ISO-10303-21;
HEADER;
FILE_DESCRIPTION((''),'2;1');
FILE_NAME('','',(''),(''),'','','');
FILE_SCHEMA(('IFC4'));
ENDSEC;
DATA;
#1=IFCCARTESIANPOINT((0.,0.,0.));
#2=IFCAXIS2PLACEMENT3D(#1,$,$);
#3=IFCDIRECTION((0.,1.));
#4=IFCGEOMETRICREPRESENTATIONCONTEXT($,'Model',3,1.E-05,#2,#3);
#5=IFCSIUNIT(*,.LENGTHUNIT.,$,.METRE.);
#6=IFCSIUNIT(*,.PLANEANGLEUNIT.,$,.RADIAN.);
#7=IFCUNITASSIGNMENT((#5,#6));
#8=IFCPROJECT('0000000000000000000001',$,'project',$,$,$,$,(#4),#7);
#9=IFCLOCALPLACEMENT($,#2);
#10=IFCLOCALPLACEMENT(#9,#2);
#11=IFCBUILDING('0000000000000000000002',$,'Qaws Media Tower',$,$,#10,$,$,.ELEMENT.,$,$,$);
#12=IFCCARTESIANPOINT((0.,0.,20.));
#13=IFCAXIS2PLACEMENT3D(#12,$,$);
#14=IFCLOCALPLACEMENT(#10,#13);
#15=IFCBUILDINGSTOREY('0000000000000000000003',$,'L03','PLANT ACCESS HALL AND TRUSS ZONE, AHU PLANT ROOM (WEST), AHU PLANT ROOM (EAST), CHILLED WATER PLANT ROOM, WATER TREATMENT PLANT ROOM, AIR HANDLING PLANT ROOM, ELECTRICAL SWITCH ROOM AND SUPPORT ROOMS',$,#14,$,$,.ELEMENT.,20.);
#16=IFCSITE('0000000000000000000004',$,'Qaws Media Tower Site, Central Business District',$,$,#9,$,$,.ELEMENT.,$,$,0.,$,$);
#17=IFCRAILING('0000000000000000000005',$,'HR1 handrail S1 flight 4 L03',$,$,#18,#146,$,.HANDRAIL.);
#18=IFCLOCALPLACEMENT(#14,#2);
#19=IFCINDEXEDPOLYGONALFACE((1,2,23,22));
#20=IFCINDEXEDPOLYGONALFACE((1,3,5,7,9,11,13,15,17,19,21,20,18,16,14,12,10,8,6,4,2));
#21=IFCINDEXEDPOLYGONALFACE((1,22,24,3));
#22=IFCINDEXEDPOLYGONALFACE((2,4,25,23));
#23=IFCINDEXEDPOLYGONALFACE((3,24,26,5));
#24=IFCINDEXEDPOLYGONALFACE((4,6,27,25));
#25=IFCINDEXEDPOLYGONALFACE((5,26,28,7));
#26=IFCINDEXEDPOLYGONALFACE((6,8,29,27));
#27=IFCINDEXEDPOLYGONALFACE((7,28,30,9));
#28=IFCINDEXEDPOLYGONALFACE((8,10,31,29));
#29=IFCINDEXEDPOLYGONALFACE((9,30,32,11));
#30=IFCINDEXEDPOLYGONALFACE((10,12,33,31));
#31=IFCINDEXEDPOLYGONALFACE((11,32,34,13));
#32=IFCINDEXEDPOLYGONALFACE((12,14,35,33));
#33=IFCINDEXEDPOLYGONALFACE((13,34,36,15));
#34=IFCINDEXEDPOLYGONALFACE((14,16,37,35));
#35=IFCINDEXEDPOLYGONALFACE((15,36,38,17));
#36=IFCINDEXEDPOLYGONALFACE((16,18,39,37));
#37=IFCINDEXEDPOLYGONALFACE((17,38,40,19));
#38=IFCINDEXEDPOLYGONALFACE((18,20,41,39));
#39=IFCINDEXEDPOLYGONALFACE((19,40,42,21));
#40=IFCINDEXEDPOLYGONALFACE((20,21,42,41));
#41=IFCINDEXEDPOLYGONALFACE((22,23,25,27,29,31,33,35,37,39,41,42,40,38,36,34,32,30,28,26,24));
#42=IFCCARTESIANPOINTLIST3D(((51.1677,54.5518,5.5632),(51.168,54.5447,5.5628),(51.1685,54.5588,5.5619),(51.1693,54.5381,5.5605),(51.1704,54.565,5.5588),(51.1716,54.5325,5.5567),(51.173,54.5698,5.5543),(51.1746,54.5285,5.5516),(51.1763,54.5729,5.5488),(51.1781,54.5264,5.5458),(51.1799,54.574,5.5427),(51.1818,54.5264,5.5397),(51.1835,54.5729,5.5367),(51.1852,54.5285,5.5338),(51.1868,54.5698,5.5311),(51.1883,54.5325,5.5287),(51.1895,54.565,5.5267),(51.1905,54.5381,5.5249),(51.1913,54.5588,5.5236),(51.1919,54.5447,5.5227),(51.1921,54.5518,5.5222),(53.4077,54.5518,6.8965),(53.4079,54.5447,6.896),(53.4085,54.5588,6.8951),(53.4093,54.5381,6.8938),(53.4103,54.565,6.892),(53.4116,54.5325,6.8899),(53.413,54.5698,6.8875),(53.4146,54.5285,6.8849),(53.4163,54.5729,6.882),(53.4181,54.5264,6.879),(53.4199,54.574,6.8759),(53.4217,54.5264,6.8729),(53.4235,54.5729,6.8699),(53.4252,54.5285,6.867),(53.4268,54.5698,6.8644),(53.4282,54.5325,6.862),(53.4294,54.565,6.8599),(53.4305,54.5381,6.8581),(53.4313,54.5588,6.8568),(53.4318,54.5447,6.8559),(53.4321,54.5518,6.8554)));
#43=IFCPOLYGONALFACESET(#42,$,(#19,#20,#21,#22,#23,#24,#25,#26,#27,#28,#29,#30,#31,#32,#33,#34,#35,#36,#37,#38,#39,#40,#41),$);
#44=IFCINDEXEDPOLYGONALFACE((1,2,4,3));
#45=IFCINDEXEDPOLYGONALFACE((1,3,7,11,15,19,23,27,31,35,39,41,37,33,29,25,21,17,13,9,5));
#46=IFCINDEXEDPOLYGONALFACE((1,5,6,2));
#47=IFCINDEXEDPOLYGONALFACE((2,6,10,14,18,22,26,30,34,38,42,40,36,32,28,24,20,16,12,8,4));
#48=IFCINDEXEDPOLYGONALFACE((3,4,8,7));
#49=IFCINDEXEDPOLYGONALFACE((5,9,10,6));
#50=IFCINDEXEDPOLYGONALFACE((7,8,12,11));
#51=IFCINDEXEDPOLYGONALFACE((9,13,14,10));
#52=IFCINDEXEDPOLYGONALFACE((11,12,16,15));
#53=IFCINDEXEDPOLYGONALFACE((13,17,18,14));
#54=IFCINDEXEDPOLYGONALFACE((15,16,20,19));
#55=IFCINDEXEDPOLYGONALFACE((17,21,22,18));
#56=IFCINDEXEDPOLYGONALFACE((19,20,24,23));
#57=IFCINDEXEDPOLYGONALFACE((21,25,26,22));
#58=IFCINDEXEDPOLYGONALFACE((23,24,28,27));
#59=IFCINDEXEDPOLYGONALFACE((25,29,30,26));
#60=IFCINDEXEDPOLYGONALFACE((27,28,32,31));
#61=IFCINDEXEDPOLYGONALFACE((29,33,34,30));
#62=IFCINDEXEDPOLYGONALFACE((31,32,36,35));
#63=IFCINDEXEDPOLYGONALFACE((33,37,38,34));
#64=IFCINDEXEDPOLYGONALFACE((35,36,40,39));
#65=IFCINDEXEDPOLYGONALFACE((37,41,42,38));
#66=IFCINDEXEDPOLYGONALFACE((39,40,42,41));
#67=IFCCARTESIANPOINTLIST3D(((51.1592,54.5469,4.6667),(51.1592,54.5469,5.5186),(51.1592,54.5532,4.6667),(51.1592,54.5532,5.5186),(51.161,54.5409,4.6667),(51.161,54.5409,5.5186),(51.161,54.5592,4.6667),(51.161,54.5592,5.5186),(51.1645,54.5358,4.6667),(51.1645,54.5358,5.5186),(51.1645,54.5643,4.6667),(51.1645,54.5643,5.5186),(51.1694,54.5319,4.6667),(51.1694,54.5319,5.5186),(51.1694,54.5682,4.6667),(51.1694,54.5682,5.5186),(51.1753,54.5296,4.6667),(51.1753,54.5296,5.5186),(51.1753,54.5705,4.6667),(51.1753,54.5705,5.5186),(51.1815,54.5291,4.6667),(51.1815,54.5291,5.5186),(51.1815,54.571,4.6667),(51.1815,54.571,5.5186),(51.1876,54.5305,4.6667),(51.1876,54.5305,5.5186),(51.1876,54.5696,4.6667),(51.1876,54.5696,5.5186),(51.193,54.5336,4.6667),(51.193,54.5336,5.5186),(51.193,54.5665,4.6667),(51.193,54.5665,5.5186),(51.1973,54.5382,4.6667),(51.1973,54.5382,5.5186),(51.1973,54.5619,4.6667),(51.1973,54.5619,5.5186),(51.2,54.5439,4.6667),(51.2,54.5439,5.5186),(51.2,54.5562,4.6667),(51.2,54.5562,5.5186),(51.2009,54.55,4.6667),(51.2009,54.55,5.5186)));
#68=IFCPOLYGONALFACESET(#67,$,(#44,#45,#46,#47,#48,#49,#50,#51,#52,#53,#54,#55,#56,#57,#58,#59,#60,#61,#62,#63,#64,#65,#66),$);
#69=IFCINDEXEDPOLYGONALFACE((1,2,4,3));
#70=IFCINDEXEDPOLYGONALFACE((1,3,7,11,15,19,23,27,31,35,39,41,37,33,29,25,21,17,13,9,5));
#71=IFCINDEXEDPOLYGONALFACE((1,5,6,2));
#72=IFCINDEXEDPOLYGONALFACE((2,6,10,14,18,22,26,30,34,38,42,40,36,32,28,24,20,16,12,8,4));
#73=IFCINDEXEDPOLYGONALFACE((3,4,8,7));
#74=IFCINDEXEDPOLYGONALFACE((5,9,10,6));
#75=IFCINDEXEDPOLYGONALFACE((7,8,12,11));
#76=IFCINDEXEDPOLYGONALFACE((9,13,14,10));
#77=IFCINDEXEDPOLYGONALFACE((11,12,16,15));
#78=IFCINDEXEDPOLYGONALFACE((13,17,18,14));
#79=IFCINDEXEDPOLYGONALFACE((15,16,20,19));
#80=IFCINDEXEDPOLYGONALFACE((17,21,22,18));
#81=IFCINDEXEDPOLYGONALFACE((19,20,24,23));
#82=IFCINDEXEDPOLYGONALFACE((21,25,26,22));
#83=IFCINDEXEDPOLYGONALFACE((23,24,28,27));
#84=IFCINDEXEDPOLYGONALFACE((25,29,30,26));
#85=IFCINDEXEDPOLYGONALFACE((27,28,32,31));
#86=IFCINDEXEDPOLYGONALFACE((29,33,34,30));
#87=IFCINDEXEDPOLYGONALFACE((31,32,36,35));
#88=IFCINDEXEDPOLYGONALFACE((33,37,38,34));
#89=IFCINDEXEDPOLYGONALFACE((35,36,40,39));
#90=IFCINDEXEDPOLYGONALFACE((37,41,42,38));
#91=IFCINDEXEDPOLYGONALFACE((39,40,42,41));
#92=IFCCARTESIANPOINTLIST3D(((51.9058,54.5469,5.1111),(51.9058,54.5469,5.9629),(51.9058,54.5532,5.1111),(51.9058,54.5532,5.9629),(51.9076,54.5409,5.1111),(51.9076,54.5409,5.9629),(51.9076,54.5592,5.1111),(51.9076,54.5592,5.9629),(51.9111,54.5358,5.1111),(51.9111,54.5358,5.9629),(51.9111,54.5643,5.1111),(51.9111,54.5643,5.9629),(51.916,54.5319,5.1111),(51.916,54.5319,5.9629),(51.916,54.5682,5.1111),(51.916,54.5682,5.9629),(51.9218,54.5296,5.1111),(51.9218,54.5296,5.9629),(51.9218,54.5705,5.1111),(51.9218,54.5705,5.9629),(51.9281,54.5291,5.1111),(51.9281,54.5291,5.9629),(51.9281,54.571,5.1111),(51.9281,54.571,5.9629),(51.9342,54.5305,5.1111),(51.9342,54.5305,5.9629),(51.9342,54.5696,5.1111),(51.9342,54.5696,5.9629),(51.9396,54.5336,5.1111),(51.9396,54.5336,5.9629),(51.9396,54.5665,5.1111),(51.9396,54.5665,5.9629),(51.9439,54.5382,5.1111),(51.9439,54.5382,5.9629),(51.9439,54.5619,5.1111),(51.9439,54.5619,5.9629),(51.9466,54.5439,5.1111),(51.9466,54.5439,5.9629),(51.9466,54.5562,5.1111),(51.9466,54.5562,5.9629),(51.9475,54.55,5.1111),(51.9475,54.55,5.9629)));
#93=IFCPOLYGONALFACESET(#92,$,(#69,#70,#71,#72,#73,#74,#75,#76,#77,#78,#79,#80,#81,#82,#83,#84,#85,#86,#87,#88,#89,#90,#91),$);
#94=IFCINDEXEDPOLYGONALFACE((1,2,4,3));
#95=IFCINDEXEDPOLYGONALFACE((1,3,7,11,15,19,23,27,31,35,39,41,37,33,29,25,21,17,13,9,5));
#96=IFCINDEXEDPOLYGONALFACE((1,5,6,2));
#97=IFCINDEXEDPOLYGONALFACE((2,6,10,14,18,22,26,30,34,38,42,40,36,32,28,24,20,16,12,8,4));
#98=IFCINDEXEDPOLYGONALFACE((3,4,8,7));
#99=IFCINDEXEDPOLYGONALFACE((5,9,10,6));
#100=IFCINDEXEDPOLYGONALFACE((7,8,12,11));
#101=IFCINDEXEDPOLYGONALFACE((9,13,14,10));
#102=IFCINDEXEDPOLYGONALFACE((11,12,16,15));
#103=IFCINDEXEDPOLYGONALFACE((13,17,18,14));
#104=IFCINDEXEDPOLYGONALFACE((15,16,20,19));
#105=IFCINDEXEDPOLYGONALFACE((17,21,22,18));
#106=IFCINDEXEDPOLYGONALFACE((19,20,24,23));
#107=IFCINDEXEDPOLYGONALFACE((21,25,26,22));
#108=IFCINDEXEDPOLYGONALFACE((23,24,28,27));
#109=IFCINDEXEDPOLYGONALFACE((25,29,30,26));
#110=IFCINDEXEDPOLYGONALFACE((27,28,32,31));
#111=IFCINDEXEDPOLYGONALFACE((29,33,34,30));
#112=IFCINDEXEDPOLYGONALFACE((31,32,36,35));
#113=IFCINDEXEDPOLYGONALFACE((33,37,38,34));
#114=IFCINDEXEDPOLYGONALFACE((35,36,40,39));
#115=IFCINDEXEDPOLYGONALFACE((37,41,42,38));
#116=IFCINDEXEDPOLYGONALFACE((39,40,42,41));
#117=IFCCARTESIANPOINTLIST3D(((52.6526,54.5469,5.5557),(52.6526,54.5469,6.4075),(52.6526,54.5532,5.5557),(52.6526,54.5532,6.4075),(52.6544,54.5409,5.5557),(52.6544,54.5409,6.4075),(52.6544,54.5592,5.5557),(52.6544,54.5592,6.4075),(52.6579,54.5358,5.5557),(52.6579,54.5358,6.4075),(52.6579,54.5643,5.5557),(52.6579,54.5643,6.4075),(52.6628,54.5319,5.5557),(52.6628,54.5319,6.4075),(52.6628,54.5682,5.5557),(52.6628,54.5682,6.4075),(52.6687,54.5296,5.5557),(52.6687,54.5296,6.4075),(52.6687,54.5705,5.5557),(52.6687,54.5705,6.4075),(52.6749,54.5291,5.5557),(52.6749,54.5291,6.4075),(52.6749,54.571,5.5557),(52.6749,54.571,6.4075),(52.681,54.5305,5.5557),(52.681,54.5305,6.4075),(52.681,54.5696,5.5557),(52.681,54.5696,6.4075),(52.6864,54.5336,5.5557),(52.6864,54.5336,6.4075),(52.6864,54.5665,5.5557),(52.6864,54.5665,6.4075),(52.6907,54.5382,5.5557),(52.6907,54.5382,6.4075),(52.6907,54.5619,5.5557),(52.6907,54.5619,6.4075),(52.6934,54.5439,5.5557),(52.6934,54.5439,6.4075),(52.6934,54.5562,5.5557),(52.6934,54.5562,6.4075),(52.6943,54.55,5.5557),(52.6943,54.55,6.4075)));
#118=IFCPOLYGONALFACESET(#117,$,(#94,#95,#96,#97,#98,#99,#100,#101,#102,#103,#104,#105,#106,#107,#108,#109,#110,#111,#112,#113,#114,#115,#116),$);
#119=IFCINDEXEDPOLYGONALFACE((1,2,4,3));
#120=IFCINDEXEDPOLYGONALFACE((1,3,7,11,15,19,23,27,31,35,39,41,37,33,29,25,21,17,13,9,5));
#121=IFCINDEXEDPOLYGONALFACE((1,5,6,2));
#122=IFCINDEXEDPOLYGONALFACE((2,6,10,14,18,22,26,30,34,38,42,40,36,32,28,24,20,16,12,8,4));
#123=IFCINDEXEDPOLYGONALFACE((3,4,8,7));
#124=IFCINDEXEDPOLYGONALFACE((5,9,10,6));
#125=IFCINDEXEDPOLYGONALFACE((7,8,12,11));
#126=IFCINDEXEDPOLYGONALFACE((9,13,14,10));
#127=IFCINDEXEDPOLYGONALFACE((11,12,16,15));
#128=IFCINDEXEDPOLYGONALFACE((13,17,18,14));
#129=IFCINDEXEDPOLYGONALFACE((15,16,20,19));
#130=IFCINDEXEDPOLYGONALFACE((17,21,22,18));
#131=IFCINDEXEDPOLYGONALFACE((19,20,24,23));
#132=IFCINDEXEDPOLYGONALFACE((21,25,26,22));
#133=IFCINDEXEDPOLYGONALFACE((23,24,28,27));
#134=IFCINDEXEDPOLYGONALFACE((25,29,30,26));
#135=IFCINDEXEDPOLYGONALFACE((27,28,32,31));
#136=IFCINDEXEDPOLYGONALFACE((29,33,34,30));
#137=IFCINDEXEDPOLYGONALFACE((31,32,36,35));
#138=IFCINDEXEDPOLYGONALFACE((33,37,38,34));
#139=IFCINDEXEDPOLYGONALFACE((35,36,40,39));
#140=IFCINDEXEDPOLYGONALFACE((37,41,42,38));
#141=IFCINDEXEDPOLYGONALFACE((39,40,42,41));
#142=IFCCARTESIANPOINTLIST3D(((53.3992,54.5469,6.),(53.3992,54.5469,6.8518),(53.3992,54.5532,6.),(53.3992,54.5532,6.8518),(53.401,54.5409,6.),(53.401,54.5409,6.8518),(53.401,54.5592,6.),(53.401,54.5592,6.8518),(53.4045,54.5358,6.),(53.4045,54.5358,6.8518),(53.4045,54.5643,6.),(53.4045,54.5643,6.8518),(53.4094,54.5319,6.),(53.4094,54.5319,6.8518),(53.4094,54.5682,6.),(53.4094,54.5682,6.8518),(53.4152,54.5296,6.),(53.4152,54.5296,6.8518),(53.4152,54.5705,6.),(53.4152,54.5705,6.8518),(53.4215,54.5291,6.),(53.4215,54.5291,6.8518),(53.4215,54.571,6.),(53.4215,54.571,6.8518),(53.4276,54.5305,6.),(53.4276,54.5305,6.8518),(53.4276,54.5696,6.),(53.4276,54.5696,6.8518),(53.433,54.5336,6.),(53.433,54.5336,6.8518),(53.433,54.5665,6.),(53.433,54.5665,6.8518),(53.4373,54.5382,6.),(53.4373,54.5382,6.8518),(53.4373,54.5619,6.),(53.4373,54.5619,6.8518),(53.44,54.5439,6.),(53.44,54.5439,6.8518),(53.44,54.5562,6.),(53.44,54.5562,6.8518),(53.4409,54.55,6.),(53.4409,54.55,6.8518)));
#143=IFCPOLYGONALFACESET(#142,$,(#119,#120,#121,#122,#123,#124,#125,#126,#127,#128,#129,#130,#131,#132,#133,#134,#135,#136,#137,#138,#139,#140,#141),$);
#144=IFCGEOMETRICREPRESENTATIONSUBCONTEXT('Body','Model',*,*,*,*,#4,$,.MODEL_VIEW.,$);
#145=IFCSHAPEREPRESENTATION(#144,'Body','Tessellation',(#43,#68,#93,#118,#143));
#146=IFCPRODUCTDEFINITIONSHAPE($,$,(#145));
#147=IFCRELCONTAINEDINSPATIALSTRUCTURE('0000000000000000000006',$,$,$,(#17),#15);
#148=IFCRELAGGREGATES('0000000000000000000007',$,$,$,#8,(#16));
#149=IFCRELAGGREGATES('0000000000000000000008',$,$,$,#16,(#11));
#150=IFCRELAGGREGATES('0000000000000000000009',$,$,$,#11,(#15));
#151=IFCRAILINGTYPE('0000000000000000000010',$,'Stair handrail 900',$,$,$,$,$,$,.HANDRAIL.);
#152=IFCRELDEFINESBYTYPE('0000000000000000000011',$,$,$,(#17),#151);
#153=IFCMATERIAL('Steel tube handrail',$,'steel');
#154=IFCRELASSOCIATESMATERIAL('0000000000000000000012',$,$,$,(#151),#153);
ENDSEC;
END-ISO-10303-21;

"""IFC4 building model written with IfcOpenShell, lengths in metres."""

from ifc_helpers import new_model, si_unit, direction, frame, origin, origin_2d, place, context, subcontext, project, spatial, circle, extrude, material, type_object, element, save


model = new_model("IFC4")

# Units and contexts
model_context = context("Model", 3, precision=1e-05, world=origin(), true_north=direction((0.0, 1.0)))
body_context = subcontext(model_context, "Body", "Model", "MODEL_VIEW")
ifc_project = project(units=[si_unit("LENGTHUNIT", "METRE"), si_unit("PLANEANGLEUNIT", "RADIAN")], contexts=[model_context])

# Site, building, storey
site_placement = place(None, origin())
site = spatial("IfcSite", under=ifc_project, at=site_placement, Name="Qaws Media Tower Site, Central Business District", CompositionType="ELEMENT", RefElevation=0.0)
building_placement = place(site_placement, origin())
building = spatial("IfcBuilding", under=site, at=building_placement, Name="Qaws Media Tower", CompositionType="ELEMENT")
storey_placement = place(building_placement, frame((0.0, 0.0, 20.0)))
storey = spatial("IfcBuildingStorey", under=building, at=storey_placement, Name="L03", Description="PLANT ACCESS HALL AND TRUSS ZONE, AHU PLANT ROOM (WEST), AHU PLANT ROOM (EAST), CHILLED WATER PLANT ROOM, WATER TREATMENT PLANT ROOM, AIR HANDLING PLANT ROOM, ELECTRICAL SWITCH ROOM AND SUPPORT ROOMS", CompositionType="ELEMENT", Elevation=20.0)

# Railing
ifc_material_1 = material(Name="Steel tube handrail", Category="steel")
railing_type = type_object("IfcRailingType", Name="Stair handrail 900", PredefinedType="HANDRAIL", material=ifc_material_1)
for number, where, name in (
    (1, (51.1799, 54.55, 4.6667), "HR1 handrail S1 flight 4 L03"),
):
    element("IfcRailing", number, at=place(storey_placement, frame(where)), inside=storey, type_object=railing_type, Name=name, PredefinedType="HANDRAIL", context=body_context, shape_type="SweptSolid", body=[
        extrude(circle(Radius=0.0239, at=origin_2d()), frame((0.0, 0.0, 0.876), z_axis=(0.859306, 0.0, 0.511462), x_axis=(0.0, 1.0, 0.0)), (0.0, 0.0, 1.0), 2.6067),
        extrude(circle(Radius=0.021, at=origin_2d()), origin(), (0.0, 0.0, 1.0), 0.8518),
        extrude(circle(Radius=0.021, at=origin_2d()), frame((0.7466, 0.0, 0.4443)), (0.0, 0.0, 1.0), 0.8518),
        extrude(circle(Radius=0.021, at=origin_2d()), frame((1.4934, 0.0, 0.8889)), (0.0, 0.0, 1.0), 0.8518),
        extrude(circle(Radius=0.021, at=origin_2d()), frame((2.24, 0.0, 1.3333)), (0.0, 0.0, 1.0), 0.8518),
    ])

save(model, "model.ifc")
